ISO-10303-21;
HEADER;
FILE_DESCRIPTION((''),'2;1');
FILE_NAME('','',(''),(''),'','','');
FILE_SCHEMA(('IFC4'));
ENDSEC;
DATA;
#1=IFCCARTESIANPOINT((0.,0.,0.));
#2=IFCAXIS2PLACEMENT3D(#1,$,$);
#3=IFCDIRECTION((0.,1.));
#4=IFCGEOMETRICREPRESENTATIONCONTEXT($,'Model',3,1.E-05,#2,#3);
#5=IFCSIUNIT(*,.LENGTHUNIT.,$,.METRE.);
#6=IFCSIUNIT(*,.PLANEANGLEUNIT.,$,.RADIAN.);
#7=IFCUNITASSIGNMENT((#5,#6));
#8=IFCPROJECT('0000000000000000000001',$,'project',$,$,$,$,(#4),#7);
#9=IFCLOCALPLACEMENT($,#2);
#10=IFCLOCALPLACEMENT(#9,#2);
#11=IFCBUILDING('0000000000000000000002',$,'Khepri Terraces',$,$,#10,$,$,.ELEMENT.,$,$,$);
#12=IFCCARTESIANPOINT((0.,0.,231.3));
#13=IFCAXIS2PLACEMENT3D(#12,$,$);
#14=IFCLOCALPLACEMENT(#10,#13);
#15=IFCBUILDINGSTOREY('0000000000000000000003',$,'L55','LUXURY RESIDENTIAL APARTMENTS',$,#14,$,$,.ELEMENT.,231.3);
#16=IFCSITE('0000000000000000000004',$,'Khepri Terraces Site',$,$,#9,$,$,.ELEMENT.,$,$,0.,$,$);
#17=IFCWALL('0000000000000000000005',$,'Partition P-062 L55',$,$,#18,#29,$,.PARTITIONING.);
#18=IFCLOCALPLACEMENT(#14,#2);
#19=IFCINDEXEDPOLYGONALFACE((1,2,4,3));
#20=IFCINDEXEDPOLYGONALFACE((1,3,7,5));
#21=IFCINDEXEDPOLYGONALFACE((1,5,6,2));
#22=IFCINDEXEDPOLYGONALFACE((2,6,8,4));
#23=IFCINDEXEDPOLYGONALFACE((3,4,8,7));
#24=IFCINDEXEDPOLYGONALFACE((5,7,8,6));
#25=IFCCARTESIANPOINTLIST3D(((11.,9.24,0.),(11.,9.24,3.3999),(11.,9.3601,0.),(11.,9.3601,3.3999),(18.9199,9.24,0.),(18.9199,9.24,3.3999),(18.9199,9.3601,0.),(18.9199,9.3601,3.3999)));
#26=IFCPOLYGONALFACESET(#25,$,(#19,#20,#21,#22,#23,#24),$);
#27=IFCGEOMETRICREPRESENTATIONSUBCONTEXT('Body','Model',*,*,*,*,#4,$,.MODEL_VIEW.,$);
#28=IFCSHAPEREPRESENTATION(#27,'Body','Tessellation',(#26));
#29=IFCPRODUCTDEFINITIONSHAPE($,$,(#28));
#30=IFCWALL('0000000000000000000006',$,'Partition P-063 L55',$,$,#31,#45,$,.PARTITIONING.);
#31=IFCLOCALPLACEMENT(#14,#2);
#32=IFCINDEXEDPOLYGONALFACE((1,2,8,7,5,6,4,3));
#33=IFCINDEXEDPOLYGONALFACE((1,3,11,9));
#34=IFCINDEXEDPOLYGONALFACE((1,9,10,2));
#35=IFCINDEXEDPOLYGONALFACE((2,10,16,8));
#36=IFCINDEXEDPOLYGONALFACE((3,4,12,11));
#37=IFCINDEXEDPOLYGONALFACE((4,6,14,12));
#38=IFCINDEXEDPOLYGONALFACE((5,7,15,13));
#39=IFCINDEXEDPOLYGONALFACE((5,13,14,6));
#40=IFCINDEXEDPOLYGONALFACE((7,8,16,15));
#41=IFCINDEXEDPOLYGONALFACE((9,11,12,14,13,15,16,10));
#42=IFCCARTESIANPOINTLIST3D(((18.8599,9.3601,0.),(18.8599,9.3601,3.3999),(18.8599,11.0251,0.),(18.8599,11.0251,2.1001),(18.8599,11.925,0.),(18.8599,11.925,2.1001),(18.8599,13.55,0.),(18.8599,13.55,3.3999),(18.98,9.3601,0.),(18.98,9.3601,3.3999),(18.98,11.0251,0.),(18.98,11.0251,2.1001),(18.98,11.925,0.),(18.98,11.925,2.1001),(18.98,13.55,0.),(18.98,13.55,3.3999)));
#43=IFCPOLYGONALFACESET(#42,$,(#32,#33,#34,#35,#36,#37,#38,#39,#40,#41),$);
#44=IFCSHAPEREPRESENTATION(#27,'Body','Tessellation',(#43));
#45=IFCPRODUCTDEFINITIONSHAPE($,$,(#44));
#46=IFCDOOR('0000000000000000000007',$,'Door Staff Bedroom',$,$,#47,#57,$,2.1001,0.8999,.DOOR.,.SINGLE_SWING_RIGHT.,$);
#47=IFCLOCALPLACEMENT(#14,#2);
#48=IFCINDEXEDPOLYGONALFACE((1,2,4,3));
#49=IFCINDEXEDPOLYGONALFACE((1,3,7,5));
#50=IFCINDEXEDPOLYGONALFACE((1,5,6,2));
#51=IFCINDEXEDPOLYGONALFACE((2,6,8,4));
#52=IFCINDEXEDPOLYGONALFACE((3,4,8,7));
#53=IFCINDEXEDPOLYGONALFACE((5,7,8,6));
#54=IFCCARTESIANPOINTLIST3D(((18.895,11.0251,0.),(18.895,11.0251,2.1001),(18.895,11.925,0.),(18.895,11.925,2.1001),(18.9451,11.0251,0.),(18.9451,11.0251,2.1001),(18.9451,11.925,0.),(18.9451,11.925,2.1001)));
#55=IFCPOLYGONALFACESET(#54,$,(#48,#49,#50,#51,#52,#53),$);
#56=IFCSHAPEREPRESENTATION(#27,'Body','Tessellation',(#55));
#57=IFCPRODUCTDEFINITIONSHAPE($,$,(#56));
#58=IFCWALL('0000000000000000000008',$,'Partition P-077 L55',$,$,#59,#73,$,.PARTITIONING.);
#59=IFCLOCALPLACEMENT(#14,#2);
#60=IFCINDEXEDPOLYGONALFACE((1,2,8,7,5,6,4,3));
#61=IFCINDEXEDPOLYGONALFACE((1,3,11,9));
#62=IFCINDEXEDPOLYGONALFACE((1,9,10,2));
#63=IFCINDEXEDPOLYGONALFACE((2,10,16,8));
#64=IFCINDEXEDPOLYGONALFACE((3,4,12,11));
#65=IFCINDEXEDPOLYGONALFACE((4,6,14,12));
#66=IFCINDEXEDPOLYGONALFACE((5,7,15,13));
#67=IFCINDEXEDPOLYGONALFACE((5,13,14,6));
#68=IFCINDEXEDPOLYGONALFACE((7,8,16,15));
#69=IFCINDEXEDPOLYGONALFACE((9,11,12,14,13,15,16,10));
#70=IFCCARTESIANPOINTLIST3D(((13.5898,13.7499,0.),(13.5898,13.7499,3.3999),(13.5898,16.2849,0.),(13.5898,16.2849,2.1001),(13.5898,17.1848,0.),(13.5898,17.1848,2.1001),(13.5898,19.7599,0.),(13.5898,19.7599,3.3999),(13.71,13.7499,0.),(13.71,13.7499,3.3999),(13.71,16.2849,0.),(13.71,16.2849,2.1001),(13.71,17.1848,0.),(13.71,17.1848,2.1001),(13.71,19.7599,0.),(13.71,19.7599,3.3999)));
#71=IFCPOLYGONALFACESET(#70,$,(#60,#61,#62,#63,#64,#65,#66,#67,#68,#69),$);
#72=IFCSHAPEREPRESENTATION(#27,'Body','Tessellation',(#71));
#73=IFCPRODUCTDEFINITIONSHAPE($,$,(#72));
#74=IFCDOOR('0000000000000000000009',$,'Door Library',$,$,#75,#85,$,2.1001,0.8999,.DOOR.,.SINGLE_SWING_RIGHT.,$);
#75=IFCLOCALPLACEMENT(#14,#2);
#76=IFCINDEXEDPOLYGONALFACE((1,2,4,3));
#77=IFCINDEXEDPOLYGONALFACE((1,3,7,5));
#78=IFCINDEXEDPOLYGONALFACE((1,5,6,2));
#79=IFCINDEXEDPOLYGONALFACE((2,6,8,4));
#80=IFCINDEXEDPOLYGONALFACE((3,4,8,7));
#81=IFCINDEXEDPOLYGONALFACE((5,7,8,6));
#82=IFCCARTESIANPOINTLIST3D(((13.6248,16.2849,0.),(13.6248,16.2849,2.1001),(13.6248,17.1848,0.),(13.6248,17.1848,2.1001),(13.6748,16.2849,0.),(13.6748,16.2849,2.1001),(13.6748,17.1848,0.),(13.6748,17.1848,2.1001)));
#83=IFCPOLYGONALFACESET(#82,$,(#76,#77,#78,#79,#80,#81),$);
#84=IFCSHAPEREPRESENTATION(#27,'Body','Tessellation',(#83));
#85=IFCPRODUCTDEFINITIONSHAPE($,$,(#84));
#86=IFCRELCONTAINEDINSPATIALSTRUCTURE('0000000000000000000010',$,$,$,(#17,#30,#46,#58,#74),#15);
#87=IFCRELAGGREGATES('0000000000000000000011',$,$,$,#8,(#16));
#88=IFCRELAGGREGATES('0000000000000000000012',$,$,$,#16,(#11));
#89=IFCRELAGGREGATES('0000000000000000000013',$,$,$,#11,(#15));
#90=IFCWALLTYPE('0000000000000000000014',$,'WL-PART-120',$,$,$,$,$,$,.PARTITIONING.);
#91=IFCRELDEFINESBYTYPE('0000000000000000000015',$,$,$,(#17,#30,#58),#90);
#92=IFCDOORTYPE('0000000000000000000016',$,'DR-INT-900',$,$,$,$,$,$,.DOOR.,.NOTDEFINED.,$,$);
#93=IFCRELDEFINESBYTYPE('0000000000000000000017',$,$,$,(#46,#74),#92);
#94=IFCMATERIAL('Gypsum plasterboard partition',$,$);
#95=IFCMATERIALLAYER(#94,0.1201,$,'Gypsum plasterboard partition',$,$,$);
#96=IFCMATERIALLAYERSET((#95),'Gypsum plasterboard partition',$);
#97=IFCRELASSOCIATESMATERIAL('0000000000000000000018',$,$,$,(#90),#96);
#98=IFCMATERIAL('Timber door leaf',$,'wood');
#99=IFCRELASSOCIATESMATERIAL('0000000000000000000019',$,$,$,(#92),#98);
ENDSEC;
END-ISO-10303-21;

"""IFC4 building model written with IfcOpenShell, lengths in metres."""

from ifc_helpers import new_model, si_unit, direction, frame, frame_2d, origin, place, context, subcontext, project, spatial, rectangle, extrude, material, layer, layer_set, type_object, element, fill, save


model = new_model("IFC4")

# Units and contexts
model_context = context("Model", 3, precision=1e-05, world=origin(), true_north=direction((0.0, 1.0)))
body_context = subcontext(model_context, "Body", "Model", "MODEL_VIEW")
ifc_project = project(units=[si_unit("LENGTHUNIT", "METRE"), si_unit("PLANEANGLEUNIT", "RADIAN")], contexts=[model_context])

# Site, building, storey
site_placement = place(None, origin())
site = spatial("IfcSite", under=ifc_project, at=site_placement, Name="Khepri Terraces Site", CompositionType="ELEMENT", RefElevation=0.0)
building_placement = place(site_placement, origin())
building = spatial("IfcBuilding", under=site, at=building_placement, Name="Khepri Terraces", CompositionType="ELEMENT")
storey_placement = place(building_placement, frame((0.0, 0.0, 231.3)))
storey = spatial("IfcBuildingStorey", under=building, at=storey_placement, Name="L55", Description="LUXURY RESIDENTIAL APARTMENTS", CompositionType="ELEMENT", Elevation=231.3)

# Shared definitions
ifc_material_1 = material(Name="Gypsum plasterboard partition")
ifc_layer_1 = layer(ifc_material_1, 0.1201, Name="Gypsum plasterboard partition")
ifc_layer_set_1 = layer_set([ifc_layer_1], Name="Gypsum plasterboard partition")
wall_type_1 = type_object("IfcWallType", Name="WL-PART-120", PredefinedType="PARTITIONING", material=ifc_layer_set_1)

# Shared definitions
ifc_material_2 = material(Name="Timber door leaf", Category="wood")
door_type_1 = type_object("IfcDoorType", Name="DR-INT-900", OperationType="NOTDEFINED", PredefinedType="DOOR", material=ifc_material_2)

# Wall
wall_1_placement = place(storey_placement, frame((11.0, 9.3, 0.0), z_axis=(0.0, 0.0, 1.0), x_axis=(1.0, 0.0, 0.0)))
element("IfcWall", 1, at=wall_1_placement, inside=storey, type_object=wall_type_1, Name="Partition P-062 L55", PredefinedType="PARTITIONING", context=body_context, shape_type="SweptSolid", body=[
    extrude(rectangle(XDim=7.9199, YDim=0.1201, at=frame_2d((3.96, 0.0))), origin(), (0.0, 0.0, 1.0), 3.3999),
])

# Walls, openings, doors
wall_2_placement = place(storey_placement, frame((18.9199, 9.3601, 0.0), z_axis=(0.0, 0.0, 1.0), x_axis=(0.0, 1.0, 0.0)))
wall_2 = element("IfcWall", 2, at=wall_2_placement, inside=storey, type_object=wall_type_1, Name="Partition P-063 L55", PredefinedType="PARTITIONING", context=body_context, shape_type="SweptSolid", body=[
    extrude(rectangle(XDim=4.1899, YDim=0.1201, at=frame_2d((2.095, 0.0))), origin(), (0.0, 0.0, 1.0), 3.3999),
])
opening_1_placement = place(wall_2_placement, frame((1.665, 0.0, 0.0)))
opening_1 = element("IfcOpeningElement", 3, at=opening_1_placement, cuts=wall_2, PredefinedType="OPENING", context=body_context, shape_type="SweptSolid", body=[
    extrude(rectangle(XDim=0.8999, YDim=2.1001, at=frame_2d((0.45, 1.05))), frame((0.0, 0.0701, 0.0), z_axis=(0.0, -1.0, 0.0), x_axis=(1.0, 0.0, 0.0)), (0.0, 0.0, 1.0), 0.1401),
])
door_1_placement = place(opening_1_placement, origin())
door_1 = element("IfcDoor", 4, at=door_1_placement, inside=storey, type_object=door_type_1, Name="Door Staff Bedroom", OperationType="SINGLE_SWING_RIGHT", OverallHeight=2.1001, OverallWidth=0.8999, PredefinedType="DOOR", context=body_context, shape_type="SweptSolid", body=[
    extrude(rectangle(XDim=0.8999, YDim=2.1001, at=frame_2d((0.45, 1.05))), frame((0.0, 0.0249, 0.0), z_axis=(0.0, -1.0, 0.0), x_axis=(1.0, 0.0, 0.0)), (0.0, 0.0, 1.0), 0.05),
])
fill(opening_1, door_1)
wall_3_placement = place(storey_placement, frame((13.6499, 13.75, 0.0), z_axis=(0.0, 0.0, 1.0), x_axis=(0.0, 1.0, 0.0)))
wall_3 = element("IfcWall", 5, at=wall_3_placement, inside=storey, type_object=wall_type_1, Name="Partition P-077 L55", PredefinedType="PARTITIONING", context=body_context, shape_type="SweptSolid", body=[
    extrude(rectangle(XDim=6.01, YDim=0.1201, at=frame_2d((3.0049, 0.0))), origin(), (0.0, 0.0, 1.0), 3.3999),
])
opening_2_placement = place(wall_3_placement, frame((2.5349, 0.0, 0.0)))
opening_2 = element("IfcOpeningElement", 6, at=opening_2_placement, cuts=wall_3, PredefinedType="OPENING", context=body_context, shape_type="SweptSolid", body=[
    extrude(rectangle(XDim=0.8999, YDim=2.1001, at=frame_2d((0.45, 1.05))), frame((0.0, 0.0701, 0.0), z_axis=(0.0, -1.0, 0.0), x_axis=(1.0, 0.0, 0.0)), (0.0, 0.0, 1.0), 0.1401),
])
door_2_placement = place(opening_2_placement, frame((0.8999, 0.0, 0.0), z_axis=(0.0, 0.0, 1.0), x_axis=(-1.0, 0.0, 0.0)))
door_2 = element("IfcDoor", 7, at=door_2_placement, inside=storey, type_object=door_type_1, Name="Door Library", OperationType="SINGLE_SWING_RIGHT", OverallHeight=2.1001, OverallWidth=0.8999, PredefinedType="DOOR", context=body_context, shape_type="SweptSolid", body=[
    extrude(rectangle(XDim=0.8999, YDim=2.1001, at=frame_2d((0.45, 1.05))), frame((0.0, 0.0249, 0.0), z_axis=(0.0, -1.0, 0.0), x_axis=(1.0, 0.0, 0.0)), (0.0, 0.0, 1.0), 0.05),
])
fill(opening_2, door_2)

save(model, "model.ifc")
